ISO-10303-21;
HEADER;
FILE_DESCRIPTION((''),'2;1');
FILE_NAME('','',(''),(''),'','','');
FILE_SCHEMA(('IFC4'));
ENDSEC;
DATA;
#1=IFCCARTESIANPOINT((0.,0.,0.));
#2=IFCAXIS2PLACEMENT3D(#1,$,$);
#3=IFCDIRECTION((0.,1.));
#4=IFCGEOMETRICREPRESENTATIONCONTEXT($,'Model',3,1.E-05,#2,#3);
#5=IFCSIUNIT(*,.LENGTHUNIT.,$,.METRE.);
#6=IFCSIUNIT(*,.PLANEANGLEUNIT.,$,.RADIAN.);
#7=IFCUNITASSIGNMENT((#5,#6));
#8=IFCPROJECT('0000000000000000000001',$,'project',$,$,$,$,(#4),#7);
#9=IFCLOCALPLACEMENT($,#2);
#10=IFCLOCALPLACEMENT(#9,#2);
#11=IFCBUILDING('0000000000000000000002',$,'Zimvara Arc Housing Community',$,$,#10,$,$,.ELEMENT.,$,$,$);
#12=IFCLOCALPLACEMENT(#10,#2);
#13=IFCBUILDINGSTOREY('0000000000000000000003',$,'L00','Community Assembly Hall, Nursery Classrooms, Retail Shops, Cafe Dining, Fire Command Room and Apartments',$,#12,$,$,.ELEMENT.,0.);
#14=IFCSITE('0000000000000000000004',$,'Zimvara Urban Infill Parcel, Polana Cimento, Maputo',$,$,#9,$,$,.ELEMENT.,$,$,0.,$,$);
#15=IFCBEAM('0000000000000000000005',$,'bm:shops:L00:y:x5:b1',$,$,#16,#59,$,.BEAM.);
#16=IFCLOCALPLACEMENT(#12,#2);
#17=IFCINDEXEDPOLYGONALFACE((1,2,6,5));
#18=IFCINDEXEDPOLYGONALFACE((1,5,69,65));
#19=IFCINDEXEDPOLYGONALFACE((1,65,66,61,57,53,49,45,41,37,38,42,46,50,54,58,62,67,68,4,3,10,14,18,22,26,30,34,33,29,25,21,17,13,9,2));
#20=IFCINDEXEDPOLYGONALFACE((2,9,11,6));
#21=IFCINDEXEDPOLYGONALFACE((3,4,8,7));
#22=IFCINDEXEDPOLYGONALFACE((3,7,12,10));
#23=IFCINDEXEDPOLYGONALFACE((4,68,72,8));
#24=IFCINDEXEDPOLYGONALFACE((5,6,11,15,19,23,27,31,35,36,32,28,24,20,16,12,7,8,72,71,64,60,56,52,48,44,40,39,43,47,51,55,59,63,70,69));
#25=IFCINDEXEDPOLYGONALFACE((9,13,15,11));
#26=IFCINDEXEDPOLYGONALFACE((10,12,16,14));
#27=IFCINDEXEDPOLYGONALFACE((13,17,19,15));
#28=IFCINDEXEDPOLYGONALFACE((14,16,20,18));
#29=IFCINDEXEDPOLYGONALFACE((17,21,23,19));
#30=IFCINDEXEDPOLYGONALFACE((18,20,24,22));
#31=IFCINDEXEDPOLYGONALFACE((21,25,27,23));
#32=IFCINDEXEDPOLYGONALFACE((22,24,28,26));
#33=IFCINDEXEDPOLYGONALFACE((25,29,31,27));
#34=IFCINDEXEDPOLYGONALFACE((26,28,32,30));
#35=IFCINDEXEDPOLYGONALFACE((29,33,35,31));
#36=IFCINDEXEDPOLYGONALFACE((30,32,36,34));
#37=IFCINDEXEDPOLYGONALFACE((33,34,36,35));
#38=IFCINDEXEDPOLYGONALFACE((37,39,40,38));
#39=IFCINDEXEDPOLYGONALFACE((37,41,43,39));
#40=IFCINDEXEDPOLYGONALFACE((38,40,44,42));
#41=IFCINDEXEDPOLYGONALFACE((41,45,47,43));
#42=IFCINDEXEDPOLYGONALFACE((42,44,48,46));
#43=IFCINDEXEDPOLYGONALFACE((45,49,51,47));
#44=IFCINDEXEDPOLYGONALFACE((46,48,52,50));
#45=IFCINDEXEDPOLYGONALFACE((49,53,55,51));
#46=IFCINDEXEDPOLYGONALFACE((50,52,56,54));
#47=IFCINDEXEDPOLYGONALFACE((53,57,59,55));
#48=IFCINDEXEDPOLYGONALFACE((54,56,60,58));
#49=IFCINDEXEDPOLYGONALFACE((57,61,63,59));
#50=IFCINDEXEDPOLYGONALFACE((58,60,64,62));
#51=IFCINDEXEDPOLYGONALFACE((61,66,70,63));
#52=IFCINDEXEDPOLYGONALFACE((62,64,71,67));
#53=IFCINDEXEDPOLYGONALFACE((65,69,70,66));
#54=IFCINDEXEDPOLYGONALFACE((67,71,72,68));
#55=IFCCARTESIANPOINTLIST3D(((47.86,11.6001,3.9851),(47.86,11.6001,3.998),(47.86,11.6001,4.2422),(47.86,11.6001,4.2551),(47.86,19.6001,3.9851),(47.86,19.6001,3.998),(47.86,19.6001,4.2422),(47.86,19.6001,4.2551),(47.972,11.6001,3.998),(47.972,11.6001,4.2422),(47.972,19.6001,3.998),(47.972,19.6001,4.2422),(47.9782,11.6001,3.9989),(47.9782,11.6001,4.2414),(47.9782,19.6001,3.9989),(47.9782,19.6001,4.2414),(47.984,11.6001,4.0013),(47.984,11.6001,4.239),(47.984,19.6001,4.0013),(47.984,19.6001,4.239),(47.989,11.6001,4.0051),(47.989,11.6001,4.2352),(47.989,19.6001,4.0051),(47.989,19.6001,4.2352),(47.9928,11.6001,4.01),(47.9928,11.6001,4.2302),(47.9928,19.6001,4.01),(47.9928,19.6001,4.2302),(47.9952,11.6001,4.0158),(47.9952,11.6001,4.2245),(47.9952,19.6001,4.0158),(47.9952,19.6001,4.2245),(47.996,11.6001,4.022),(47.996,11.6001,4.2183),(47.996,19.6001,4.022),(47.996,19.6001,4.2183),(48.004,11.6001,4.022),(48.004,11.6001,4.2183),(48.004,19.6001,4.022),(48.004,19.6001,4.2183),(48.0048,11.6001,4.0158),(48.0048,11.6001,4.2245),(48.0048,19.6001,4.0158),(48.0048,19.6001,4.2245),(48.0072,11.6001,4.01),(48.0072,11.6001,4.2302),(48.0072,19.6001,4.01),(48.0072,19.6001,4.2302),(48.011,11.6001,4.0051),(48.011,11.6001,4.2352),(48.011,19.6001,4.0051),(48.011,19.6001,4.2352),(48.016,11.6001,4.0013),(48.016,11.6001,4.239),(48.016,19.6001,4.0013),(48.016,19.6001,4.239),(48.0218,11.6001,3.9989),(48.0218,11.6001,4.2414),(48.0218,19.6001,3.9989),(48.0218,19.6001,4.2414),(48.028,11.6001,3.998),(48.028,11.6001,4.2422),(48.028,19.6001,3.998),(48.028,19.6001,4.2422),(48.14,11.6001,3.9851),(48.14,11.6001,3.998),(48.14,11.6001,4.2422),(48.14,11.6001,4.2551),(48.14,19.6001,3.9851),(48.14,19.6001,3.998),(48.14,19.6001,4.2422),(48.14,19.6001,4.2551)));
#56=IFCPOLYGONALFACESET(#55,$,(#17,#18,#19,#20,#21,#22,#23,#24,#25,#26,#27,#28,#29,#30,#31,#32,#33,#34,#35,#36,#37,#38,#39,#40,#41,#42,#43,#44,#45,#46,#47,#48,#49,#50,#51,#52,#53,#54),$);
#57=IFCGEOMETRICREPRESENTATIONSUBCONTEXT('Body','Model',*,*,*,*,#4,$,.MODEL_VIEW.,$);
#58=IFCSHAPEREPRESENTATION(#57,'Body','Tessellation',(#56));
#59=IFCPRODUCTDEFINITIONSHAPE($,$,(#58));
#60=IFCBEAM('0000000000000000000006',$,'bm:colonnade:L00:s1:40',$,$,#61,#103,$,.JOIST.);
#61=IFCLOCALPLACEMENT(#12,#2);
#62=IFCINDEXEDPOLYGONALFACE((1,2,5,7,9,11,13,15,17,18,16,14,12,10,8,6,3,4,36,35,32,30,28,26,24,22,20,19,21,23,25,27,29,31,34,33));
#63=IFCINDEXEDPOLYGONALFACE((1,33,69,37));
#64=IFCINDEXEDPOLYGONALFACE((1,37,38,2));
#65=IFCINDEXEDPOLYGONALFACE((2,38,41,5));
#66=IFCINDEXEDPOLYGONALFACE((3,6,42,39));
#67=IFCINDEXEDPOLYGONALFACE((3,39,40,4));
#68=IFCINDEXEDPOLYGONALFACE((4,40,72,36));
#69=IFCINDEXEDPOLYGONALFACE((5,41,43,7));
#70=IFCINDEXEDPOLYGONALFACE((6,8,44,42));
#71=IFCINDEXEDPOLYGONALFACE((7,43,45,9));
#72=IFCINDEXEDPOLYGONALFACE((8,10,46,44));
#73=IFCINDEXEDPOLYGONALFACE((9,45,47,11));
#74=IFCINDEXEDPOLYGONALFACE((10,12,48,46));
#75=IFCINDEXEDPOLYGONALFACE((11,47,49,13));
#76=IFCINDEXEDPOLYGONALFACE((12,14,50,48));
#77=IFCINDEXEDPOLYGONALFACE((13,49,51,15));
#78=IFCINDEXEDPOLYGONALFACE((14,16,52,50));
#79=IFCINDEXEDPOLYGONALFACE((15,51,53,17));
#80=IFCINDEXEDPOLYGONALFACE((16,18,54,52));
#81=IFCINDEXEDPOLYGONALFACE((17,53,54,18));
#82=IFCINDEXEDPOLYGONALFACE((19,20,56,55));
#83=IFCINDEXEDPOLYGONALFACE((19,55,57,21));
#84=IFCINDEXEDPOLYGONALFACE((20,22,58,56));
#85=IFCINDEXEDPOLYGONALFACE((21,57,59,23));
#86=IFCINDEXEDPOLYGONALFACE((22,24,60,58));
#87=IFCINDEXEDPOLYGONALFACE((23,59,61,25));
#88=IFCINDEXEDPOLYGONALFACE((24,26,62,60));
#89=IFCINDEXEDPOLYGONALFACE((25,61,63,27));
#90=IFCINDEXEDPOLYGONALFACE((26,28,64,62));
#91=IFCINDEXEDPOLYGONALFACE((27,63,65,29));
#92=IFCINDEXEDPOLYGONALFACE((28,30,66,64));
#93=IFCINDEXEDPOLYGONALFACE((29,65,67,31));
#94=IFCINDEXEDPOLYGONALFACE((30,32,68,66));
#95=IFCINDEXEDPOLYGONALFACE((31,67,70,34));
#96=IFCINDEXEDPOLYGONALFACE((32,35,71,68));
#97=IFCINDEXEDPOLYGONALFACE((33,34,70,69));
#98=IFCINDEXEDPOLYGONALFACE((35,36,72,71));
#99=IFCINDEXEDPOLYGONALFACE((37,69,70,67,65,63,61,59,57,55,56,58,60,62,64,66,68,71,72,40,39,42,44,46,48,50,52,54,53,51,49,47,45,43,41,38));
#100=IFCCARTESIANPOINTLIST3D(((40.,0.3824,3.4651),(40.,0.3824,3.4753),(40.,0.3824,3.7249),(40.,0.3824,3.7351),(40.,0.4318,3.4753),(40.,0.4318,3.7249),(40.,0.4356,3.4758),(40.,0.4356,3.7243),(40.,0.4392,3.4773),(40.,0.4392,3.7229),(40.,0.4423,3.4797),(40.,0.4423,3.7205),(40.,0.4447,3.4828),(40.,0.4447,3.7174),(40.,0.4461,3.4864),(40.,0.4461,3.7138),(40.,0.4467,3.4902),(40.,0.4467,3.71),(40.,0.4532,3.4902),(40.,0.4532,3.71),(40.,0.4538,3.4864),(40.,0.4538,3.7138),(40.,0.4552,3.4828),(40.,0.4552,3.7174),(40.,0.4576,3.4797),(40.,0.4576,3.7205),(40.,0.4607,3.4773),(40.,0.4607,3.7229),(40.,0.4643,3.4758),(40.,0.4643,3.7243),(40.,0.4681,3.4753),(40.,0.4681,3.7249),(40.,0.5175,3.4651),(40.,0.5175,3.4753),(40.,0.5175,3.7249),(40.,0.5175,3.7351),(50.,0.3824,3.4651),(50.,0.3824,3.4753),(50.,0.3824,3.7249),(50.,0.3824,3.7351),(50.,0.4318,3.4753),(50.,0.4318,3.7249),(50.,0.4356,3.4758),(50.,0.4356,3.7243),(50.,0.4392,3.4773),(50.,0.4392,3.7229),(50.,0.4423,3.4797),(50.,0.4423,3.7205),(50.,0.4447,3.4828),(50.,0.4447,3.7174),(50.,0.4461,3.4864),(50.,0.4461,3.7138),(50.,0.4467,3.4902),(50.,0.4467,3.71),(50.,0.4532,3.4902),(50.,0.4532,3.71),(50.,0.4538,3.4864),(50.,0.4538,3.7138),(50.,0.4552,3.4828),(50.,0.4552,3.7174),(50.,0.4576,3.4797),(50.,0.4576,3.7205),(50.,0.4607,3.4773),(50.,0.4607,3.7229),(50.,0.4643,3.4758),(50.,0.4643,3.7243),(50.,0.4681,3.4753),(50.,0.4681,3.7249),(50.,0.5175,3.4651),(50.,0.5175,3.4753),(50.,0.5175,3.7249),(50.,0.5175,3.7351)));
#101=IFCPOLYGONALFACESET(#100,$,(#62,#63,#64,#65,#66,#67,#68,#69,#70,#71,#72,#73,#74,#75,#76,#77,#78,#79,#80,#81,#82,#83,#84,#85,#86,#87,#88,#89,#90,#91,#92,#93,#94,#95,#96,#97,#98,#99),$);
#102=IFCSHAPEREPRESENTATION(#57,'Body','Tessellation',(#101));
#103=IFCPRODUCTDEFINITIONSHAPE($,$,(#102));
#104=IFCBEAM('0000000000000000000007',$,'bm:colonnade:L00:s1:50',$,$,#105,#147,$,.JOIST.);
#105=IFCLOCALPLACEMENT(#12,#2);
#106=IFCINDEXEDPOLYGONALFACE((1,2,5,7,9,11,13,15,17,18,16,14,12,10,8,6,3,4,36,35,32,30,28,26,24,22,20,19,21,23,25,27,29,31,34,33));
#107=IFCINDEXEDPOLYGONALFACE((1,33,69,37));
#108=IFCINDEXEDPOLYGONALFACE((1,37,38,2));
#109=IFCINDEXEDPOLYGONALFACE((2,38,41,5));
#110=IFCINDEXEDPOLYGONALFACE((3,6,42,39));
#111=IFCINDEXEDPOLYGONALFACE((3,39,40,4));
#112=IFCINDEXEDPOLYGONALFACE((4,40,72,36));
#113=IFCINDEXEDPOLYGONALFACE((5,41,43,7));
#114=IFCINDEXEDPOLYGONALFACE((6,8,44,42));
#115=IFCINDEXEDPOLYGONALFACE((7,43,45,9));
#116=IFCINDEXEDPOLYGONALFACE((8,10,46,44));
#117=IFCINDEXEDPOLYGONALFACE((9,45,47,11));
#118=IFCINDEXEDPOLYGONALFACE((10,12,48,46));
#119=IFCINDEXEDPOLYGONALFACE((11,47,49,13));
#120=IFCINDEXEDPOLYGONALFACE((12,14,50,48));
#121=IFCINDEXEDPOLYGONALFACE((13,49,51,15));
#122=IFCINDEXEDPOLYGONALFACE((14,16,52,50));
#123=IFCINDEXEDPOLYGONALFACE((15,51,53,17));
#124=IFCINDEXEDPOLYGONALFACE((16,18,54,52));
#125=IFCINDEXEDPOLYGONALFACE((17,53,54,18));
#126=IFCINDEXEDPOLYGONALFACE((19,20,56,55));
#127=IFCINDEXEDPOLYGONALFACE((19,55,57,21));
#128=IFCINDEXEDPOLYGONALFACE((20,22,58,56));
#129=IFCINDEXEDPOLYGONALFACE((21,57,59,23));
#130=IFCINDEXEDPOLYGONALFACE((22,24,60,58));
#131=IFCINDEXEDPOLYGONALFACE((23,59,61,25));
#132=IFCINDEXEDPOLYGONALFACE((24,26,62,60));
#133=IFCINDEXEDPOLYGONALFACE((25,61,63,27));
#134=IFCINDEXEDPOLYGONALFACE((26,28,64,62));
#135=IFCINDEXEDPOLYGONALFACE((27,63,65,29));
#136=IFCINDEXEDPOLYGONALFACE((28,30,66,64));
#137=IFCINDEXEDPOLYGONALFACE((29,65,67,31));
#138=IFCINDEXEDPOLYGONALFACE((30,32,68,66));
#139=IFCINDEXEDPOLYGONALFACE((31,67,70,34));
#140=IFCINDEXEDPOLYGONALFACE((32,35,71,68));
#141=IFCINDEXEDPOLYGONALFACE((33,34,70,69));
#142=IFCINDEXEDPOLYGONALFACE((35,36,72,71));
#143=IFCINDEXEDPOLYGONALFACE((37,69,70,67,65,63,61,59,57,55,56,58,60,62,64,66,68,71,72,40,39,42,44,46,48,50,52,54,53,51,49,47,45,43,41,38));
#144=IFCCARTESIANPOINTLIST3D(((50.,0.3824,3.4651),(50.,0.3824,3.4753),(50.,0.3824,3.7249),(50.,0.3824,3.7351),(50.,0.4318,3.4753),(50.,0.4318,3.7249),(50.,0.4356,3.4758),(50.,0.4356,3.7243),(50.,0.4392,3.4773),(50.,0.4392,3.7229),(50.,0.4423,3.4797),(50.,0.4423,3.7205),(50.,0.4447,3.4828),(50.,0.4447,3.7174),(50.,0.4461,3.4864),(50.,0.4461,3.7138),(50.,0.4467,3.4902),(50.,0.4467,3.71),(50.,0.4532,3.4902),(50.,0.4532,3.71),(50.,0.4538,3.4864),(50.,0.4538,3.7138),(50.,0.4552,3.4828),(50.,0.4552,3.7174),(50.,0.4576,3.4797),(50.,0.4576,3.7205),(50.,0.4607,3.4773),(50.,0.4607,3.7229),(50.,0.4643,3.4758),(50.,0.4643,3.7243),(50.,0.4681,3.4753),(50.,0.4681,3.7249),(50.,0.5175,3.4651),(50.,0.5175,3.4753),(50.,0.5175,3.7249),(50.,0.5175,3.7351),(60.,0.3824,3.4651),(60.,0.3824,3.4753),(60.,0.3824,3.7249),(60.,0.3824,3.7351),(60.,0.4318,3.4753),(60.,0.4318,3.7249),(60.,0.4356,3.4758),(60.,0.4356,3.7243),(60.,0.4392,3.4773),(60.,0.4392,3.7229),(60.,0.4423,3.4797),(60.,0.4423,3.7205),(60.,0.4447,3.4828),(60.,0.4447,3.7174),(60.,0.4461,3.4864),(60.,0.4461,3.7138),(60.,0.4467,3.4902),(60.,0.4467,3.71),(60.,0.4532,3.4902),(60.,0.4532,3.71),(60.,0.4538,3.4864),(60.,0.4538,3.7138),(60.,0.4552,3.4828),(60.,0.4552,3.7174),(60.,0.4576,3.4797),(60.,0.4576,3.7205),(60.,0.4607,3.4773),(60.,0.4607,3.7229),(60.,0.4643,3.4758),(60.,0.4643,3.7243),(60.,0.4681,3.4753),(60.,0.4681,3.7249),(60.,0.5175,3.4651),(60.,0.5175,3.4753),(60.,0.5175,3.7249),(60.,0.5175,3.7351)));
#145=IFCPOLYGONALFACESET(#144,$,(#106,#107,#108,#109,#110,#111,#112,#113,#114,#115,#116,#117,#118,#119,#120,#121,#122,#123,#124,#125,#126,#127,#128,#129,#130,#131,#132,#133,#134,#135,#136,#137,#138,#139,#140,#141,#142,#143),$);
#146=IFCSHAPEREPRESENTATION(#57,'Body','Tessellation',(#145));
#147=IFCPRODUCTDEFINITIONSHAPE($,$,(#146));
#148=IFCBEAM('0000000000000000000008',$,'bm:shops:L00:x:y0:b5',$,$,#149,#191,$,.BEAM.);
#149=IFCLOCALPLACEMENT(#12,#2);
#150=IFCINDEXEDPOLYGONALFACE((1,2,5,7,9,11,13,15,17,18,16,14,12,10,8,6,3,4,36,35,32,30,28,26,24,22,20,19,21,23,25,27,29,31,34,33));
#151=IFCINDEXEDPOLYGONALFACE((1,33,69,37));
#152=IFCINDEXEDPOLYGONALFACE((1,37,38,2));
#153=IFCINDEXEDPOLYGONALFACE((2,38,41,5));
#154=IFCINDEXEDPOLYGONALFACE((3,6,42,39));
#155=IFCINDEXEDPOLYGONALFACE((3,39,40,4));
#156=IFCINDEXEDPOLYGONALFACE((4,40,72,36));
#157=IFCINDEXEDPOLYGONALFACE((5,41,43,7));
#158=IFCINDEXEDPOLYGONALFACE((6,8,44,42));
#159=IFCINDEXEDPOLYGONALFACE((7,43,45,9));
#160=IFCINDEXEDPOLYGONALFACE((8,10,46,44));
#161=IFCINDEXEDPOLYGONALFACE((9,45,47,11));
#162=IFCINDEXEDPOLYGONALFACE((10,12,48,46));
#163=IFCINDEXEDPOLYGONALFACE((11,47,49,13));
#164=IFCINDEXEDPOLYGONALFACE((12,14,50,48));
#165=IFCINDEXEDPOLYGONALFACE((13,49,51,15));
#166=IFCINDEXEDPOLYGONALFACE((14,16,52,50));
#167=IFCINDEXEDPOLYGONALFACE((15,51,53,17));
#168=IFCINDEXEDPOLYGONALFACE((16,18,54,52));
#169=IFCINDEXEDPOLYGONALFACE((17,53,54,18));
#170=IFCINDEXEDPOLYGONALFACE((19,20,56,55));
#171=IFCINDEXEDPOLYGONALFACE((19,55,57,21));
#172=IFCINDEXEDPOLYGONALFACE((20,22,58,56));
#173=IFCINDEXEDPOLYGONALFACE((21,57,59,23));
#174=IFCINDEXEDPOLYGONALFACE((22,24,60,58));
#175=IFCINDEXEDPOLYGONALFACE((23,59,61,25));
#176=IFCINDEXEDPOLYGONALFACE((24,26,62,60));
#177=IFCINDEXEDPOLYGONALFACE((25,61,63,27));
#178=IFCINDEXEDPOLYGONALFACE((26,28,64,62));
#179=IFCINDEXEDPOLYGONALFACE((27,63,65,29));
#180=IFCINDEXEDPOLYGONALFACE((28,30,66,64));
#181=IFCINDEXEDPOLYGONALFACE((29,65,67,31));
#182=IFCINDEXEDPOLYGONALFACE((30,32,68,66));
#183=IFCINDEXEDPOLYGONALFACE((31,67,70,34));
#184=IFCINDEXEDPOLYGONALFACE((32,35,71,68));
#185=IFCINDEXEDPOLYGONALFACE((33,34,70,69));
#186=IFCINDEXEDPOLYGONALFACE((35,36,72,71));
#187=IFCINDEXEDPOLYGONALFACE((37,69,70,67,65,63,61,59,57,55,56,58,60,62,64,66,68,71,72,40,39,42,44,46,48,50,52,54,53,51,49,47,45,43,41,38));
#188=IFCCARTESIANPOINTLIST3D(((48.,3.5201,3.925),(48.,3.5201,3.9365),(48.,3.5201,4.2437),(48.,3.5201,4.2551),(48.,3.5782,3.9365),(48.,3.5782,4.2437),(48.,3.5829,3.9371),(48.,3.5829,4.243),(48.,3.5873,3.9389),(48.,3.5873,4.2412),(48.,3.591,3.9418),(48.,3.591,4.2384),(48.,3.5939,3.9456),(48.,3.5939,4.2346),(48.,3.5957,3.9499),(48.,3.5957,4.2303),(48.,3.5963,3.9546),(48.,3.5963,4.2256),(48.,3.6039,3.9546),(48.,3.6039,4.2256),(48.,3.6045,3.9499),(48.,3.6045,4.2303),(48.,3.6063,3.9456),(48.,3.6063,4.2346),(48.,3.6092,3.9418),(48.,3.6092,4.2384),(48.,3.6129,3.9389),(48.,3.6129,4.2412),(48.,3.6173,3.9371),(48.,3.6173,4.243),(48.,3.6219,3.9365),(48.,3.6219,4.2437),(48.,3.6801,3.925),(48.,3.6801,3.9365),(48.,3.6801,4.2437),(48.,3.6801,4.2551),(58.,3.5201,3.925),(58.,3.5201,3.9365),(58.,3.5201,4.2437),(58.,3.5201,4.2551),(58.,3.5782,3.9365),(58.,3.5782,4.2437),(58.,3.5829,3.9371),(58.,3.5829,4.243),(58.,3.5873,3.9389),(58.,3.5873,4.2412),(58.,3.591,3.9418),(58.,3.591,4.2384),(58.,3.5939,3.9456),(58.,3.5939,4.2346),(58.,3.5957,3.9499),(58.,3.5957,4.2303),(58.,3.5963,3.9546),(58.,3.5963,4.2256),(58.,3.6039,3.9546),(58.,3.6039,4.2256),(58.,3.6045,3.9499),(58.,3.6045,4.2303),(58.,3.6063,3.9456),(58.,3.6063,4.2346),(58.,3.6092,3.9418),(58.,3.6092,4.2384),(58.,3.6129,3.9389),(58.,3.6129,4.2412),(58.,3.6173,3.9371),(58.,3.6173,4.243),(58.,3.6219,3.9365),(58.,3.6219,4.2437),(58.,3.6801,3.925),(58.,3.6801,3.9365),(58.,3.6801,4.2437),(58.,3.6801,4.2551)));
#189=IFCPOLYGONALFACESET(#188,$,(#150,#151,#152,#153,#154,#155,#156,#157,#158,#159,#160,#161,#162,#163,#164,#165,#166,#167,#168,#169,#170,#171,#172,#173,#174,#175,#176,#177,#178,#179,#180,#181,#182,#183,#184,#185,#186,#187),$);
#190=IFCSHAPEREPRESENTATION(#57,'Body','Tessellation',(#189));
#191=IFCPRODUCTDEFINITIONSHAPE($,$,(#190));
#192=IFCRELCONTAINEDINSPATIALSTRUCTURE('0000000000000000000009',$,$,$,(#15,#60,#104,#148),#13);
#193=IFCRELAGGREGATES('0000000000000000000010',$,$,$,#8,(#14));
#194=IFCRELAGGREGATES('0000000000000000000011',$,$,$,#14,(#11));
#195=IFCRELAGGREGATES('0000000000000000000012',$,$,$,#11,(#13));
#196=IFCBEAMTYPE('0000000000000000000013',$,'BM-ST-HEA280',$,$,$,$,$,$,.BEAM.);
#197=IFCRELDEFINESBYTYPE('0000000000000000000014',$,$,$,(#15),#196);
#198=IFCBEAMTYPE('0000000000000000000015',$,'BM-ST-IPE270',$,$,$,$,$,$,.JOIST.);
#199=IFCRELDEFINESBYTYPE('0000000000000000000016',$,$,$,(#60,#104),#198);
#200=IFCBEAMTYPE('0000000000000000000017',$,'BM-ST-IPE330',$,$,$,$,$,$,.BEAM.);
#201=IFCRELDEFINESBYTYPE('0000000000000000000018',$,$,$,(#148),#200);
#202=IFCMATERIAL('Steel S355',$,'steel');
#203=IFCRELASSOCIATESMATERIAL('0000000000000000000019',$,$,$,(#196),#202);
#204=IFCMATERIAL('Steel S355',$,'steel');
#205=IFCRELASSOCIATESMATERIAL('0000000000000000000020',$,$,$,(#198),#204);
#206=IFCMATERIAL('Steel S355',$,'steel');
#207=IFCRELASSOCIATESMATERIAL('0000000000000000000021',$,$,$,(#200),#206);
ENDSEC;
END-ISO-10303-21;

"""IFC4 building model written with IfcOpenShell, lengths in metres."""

from ifc_helpers import new_model, si_unit, direction, frame, origin, origin_2d, place, context, subcontext, project, spatial, i_section, extrude, material, material_profile, profile_set, type_object, element, save


model = new_model("IFC4")

# Units and contexts
model_context = context("Model", 3, precision=1e-05, world=origin(), true_north=direction((0.0, 1.0)))
body_context = subcontext(model_context, "Body", "Model", "MODEL_VIEW")
ifc_project = project(units=[si_unit("LENGTHUNIT", "METRE"), si_unit("PLANEANGLEUNIT", "RADIAN")], contexts=[model_context])

# Site, building, storey
site_placement = place(None, origin())
site = spatial("IfcSite", under=ifc_project, at=site_placement, Name="Zimvara Urban Infill Parcel, Polana Cimento, Maputo", CompositionType="ELEMENT", RefElevation=0.0)
building_placement = place(site_placement, origin())
building = spatial("IfcBuilding", under=site, at=building_placement, Name="Zimvara Arc Housing Community", CompositionType="ELEMENT")
storey_placement = place(building_placement, origin())
storey = spatial("IfcBuildingStorey", under=building, at=storey_placement, Name="L00", Description="Community Assembly Hall, Nursery Classrooms, Retail Shops, Cafe Dining, Fire Command Room and Apartments", CompositionType="ELEMENT", Elevation=0.0)

# Beams
ifc_material_1 = material(Name="Steel S355", Category="steel")
ifc_material_profile_1 = material_profile(ifc_material_1, i_section(OverallWidth=0.28, OverallDepth=0.27, WebThickness=0.0081, FlangeThickness=0.0129, FilletRadius=0.0239, at=origin_2d()), Name="HEA 280")
ifc_profile_set_1 = profile_set([ifc_material_profile_1], Name="Steel S355")
beam_type_1 = type_object("IfcBeamType", Name="BM-ST-HEA280", PredefinedType="BEAM", material=ifc_profile_set_1)
for number, where, z_axis, x_axis, name in (
    (1, (48.0, 11.6001, 4.1201), (0.0, 1.0, 0.0), (-1.0, 0.0, 0.0), "bm:shops:L00:y:x5:b1"),
):
    element("IfcBeam", number, at=place(storey_placement, frame(where, z_axis=z_axis, x_axis=x_axis)), inside=storey, type_object=beam_type_1, Name=name, PredefinedType="BEAM", context=body_context, shape_type="SweptSolid", body=[
        extrude(i_section(OverallWidth=0.28, OverallDepth=0.27, WebThickness=0.0081, FlangeThickness=0.0129, FilletRadius=0.0239, at=origin_2d()), origin(), (0.0, 0.0, 1.0), 8.0),
    ])
ifc_material_2 = material(Name="Steel S355", Category="steel")
ifc_material_profile_2 = material_profile(ifc_material_2, i_section(OverallWidth=0.135, OverallDepth=0.27, WebThickness=0.0066, FlangeThickness=0.0103, FilletRadius=0.0149, at=origin_2d()), Name="IPE 270")
ifc_profile_set_2 = profile_set([ifc_material_profile_2], Name="Steel S355")
beam_type_2 = type_object("IfcBeamType", Name="BM-ST-IPE270", PredefinedType="JOIST", material=ifc_profile_set_2)
for number, where, z_axis, x_axis, name in (
    (2, (40.0, 0.45, 3.6001), (1.0, 0.0, 0.0), (0.0, 1.0, 0.0), "bm:colonnade:L00:s1:40"),
    (3, (50.0, 0.45, 3.6001), (1.0, 0.0, 0.0), (0.0, 1.0, 0.0), "bm:colonnade:L00:s1:50"),
):
    element("IfcBeam", number, at=place(storey_placement, frame(where, z_axis=z_axis, x_axis=x_axis)), inside=storey, type_object=beam_type_2, Name=name, PredefinedType="JOIST", context=body_context, shape_type="SweptSolid", body=[
        extrude(i_section(OverallWidth=0.135, OverallDepth=0.27, WebThickness=0.0066, FlangeThickness=0.0103, FilletRadius=0.0149, at=origin_2d()), origin(), (0.0, 0.0, 1.0), 10.0),
    ])
ifc_material_3 = material(Name="Steel S355", Category="steel")
ifc_material_profile_3 = material_profile(ifc_material_3, i_section(OverallWidth=0.1599, OverallDepth=0.3301, WebThickness=0.0076, FlangeThickness=0.0115, FilletRadius=0.0181, at=origin_2d()), Name="IPE 330")
ifc_profile_set_3 = profile_set([ifc_material_profile_3], Name="Steel S355")
beam_type_3 = type_object("IfcBeamType", Name="BM-ST-IPE330", PredefinedType="BEAM", material=ifc_profile_set_3)
for number, where, z_axis, x_axis, name in (
    (4, (48.0, 3.6001, 4.0901), (1.0, 0.0, 0.0), (0.0, 1.0, 0.0), "bm:shops:L00:x:y0:b5"),
):
    element("IfcBeam", number, at=place(storey_placement, frame(where, z_axis=z_axis, x_axis=x_axis)), inside=storey, type_object=beam_type_3, Name=name, PredefinedType="BEAM", context=body_context, shape_type="SweptSolid", body=[
        extrude(i_section(OverallWidth=0.1599, OverallDepth=0.3301, WebThickness=0.0076, FlangeThickness=0.0115, FilletRadius=0.0181, at=origin_2d()), origin(), (0.0, 0.0, 1.0), 10.0),
    ])

save(model, "model.ifc")
